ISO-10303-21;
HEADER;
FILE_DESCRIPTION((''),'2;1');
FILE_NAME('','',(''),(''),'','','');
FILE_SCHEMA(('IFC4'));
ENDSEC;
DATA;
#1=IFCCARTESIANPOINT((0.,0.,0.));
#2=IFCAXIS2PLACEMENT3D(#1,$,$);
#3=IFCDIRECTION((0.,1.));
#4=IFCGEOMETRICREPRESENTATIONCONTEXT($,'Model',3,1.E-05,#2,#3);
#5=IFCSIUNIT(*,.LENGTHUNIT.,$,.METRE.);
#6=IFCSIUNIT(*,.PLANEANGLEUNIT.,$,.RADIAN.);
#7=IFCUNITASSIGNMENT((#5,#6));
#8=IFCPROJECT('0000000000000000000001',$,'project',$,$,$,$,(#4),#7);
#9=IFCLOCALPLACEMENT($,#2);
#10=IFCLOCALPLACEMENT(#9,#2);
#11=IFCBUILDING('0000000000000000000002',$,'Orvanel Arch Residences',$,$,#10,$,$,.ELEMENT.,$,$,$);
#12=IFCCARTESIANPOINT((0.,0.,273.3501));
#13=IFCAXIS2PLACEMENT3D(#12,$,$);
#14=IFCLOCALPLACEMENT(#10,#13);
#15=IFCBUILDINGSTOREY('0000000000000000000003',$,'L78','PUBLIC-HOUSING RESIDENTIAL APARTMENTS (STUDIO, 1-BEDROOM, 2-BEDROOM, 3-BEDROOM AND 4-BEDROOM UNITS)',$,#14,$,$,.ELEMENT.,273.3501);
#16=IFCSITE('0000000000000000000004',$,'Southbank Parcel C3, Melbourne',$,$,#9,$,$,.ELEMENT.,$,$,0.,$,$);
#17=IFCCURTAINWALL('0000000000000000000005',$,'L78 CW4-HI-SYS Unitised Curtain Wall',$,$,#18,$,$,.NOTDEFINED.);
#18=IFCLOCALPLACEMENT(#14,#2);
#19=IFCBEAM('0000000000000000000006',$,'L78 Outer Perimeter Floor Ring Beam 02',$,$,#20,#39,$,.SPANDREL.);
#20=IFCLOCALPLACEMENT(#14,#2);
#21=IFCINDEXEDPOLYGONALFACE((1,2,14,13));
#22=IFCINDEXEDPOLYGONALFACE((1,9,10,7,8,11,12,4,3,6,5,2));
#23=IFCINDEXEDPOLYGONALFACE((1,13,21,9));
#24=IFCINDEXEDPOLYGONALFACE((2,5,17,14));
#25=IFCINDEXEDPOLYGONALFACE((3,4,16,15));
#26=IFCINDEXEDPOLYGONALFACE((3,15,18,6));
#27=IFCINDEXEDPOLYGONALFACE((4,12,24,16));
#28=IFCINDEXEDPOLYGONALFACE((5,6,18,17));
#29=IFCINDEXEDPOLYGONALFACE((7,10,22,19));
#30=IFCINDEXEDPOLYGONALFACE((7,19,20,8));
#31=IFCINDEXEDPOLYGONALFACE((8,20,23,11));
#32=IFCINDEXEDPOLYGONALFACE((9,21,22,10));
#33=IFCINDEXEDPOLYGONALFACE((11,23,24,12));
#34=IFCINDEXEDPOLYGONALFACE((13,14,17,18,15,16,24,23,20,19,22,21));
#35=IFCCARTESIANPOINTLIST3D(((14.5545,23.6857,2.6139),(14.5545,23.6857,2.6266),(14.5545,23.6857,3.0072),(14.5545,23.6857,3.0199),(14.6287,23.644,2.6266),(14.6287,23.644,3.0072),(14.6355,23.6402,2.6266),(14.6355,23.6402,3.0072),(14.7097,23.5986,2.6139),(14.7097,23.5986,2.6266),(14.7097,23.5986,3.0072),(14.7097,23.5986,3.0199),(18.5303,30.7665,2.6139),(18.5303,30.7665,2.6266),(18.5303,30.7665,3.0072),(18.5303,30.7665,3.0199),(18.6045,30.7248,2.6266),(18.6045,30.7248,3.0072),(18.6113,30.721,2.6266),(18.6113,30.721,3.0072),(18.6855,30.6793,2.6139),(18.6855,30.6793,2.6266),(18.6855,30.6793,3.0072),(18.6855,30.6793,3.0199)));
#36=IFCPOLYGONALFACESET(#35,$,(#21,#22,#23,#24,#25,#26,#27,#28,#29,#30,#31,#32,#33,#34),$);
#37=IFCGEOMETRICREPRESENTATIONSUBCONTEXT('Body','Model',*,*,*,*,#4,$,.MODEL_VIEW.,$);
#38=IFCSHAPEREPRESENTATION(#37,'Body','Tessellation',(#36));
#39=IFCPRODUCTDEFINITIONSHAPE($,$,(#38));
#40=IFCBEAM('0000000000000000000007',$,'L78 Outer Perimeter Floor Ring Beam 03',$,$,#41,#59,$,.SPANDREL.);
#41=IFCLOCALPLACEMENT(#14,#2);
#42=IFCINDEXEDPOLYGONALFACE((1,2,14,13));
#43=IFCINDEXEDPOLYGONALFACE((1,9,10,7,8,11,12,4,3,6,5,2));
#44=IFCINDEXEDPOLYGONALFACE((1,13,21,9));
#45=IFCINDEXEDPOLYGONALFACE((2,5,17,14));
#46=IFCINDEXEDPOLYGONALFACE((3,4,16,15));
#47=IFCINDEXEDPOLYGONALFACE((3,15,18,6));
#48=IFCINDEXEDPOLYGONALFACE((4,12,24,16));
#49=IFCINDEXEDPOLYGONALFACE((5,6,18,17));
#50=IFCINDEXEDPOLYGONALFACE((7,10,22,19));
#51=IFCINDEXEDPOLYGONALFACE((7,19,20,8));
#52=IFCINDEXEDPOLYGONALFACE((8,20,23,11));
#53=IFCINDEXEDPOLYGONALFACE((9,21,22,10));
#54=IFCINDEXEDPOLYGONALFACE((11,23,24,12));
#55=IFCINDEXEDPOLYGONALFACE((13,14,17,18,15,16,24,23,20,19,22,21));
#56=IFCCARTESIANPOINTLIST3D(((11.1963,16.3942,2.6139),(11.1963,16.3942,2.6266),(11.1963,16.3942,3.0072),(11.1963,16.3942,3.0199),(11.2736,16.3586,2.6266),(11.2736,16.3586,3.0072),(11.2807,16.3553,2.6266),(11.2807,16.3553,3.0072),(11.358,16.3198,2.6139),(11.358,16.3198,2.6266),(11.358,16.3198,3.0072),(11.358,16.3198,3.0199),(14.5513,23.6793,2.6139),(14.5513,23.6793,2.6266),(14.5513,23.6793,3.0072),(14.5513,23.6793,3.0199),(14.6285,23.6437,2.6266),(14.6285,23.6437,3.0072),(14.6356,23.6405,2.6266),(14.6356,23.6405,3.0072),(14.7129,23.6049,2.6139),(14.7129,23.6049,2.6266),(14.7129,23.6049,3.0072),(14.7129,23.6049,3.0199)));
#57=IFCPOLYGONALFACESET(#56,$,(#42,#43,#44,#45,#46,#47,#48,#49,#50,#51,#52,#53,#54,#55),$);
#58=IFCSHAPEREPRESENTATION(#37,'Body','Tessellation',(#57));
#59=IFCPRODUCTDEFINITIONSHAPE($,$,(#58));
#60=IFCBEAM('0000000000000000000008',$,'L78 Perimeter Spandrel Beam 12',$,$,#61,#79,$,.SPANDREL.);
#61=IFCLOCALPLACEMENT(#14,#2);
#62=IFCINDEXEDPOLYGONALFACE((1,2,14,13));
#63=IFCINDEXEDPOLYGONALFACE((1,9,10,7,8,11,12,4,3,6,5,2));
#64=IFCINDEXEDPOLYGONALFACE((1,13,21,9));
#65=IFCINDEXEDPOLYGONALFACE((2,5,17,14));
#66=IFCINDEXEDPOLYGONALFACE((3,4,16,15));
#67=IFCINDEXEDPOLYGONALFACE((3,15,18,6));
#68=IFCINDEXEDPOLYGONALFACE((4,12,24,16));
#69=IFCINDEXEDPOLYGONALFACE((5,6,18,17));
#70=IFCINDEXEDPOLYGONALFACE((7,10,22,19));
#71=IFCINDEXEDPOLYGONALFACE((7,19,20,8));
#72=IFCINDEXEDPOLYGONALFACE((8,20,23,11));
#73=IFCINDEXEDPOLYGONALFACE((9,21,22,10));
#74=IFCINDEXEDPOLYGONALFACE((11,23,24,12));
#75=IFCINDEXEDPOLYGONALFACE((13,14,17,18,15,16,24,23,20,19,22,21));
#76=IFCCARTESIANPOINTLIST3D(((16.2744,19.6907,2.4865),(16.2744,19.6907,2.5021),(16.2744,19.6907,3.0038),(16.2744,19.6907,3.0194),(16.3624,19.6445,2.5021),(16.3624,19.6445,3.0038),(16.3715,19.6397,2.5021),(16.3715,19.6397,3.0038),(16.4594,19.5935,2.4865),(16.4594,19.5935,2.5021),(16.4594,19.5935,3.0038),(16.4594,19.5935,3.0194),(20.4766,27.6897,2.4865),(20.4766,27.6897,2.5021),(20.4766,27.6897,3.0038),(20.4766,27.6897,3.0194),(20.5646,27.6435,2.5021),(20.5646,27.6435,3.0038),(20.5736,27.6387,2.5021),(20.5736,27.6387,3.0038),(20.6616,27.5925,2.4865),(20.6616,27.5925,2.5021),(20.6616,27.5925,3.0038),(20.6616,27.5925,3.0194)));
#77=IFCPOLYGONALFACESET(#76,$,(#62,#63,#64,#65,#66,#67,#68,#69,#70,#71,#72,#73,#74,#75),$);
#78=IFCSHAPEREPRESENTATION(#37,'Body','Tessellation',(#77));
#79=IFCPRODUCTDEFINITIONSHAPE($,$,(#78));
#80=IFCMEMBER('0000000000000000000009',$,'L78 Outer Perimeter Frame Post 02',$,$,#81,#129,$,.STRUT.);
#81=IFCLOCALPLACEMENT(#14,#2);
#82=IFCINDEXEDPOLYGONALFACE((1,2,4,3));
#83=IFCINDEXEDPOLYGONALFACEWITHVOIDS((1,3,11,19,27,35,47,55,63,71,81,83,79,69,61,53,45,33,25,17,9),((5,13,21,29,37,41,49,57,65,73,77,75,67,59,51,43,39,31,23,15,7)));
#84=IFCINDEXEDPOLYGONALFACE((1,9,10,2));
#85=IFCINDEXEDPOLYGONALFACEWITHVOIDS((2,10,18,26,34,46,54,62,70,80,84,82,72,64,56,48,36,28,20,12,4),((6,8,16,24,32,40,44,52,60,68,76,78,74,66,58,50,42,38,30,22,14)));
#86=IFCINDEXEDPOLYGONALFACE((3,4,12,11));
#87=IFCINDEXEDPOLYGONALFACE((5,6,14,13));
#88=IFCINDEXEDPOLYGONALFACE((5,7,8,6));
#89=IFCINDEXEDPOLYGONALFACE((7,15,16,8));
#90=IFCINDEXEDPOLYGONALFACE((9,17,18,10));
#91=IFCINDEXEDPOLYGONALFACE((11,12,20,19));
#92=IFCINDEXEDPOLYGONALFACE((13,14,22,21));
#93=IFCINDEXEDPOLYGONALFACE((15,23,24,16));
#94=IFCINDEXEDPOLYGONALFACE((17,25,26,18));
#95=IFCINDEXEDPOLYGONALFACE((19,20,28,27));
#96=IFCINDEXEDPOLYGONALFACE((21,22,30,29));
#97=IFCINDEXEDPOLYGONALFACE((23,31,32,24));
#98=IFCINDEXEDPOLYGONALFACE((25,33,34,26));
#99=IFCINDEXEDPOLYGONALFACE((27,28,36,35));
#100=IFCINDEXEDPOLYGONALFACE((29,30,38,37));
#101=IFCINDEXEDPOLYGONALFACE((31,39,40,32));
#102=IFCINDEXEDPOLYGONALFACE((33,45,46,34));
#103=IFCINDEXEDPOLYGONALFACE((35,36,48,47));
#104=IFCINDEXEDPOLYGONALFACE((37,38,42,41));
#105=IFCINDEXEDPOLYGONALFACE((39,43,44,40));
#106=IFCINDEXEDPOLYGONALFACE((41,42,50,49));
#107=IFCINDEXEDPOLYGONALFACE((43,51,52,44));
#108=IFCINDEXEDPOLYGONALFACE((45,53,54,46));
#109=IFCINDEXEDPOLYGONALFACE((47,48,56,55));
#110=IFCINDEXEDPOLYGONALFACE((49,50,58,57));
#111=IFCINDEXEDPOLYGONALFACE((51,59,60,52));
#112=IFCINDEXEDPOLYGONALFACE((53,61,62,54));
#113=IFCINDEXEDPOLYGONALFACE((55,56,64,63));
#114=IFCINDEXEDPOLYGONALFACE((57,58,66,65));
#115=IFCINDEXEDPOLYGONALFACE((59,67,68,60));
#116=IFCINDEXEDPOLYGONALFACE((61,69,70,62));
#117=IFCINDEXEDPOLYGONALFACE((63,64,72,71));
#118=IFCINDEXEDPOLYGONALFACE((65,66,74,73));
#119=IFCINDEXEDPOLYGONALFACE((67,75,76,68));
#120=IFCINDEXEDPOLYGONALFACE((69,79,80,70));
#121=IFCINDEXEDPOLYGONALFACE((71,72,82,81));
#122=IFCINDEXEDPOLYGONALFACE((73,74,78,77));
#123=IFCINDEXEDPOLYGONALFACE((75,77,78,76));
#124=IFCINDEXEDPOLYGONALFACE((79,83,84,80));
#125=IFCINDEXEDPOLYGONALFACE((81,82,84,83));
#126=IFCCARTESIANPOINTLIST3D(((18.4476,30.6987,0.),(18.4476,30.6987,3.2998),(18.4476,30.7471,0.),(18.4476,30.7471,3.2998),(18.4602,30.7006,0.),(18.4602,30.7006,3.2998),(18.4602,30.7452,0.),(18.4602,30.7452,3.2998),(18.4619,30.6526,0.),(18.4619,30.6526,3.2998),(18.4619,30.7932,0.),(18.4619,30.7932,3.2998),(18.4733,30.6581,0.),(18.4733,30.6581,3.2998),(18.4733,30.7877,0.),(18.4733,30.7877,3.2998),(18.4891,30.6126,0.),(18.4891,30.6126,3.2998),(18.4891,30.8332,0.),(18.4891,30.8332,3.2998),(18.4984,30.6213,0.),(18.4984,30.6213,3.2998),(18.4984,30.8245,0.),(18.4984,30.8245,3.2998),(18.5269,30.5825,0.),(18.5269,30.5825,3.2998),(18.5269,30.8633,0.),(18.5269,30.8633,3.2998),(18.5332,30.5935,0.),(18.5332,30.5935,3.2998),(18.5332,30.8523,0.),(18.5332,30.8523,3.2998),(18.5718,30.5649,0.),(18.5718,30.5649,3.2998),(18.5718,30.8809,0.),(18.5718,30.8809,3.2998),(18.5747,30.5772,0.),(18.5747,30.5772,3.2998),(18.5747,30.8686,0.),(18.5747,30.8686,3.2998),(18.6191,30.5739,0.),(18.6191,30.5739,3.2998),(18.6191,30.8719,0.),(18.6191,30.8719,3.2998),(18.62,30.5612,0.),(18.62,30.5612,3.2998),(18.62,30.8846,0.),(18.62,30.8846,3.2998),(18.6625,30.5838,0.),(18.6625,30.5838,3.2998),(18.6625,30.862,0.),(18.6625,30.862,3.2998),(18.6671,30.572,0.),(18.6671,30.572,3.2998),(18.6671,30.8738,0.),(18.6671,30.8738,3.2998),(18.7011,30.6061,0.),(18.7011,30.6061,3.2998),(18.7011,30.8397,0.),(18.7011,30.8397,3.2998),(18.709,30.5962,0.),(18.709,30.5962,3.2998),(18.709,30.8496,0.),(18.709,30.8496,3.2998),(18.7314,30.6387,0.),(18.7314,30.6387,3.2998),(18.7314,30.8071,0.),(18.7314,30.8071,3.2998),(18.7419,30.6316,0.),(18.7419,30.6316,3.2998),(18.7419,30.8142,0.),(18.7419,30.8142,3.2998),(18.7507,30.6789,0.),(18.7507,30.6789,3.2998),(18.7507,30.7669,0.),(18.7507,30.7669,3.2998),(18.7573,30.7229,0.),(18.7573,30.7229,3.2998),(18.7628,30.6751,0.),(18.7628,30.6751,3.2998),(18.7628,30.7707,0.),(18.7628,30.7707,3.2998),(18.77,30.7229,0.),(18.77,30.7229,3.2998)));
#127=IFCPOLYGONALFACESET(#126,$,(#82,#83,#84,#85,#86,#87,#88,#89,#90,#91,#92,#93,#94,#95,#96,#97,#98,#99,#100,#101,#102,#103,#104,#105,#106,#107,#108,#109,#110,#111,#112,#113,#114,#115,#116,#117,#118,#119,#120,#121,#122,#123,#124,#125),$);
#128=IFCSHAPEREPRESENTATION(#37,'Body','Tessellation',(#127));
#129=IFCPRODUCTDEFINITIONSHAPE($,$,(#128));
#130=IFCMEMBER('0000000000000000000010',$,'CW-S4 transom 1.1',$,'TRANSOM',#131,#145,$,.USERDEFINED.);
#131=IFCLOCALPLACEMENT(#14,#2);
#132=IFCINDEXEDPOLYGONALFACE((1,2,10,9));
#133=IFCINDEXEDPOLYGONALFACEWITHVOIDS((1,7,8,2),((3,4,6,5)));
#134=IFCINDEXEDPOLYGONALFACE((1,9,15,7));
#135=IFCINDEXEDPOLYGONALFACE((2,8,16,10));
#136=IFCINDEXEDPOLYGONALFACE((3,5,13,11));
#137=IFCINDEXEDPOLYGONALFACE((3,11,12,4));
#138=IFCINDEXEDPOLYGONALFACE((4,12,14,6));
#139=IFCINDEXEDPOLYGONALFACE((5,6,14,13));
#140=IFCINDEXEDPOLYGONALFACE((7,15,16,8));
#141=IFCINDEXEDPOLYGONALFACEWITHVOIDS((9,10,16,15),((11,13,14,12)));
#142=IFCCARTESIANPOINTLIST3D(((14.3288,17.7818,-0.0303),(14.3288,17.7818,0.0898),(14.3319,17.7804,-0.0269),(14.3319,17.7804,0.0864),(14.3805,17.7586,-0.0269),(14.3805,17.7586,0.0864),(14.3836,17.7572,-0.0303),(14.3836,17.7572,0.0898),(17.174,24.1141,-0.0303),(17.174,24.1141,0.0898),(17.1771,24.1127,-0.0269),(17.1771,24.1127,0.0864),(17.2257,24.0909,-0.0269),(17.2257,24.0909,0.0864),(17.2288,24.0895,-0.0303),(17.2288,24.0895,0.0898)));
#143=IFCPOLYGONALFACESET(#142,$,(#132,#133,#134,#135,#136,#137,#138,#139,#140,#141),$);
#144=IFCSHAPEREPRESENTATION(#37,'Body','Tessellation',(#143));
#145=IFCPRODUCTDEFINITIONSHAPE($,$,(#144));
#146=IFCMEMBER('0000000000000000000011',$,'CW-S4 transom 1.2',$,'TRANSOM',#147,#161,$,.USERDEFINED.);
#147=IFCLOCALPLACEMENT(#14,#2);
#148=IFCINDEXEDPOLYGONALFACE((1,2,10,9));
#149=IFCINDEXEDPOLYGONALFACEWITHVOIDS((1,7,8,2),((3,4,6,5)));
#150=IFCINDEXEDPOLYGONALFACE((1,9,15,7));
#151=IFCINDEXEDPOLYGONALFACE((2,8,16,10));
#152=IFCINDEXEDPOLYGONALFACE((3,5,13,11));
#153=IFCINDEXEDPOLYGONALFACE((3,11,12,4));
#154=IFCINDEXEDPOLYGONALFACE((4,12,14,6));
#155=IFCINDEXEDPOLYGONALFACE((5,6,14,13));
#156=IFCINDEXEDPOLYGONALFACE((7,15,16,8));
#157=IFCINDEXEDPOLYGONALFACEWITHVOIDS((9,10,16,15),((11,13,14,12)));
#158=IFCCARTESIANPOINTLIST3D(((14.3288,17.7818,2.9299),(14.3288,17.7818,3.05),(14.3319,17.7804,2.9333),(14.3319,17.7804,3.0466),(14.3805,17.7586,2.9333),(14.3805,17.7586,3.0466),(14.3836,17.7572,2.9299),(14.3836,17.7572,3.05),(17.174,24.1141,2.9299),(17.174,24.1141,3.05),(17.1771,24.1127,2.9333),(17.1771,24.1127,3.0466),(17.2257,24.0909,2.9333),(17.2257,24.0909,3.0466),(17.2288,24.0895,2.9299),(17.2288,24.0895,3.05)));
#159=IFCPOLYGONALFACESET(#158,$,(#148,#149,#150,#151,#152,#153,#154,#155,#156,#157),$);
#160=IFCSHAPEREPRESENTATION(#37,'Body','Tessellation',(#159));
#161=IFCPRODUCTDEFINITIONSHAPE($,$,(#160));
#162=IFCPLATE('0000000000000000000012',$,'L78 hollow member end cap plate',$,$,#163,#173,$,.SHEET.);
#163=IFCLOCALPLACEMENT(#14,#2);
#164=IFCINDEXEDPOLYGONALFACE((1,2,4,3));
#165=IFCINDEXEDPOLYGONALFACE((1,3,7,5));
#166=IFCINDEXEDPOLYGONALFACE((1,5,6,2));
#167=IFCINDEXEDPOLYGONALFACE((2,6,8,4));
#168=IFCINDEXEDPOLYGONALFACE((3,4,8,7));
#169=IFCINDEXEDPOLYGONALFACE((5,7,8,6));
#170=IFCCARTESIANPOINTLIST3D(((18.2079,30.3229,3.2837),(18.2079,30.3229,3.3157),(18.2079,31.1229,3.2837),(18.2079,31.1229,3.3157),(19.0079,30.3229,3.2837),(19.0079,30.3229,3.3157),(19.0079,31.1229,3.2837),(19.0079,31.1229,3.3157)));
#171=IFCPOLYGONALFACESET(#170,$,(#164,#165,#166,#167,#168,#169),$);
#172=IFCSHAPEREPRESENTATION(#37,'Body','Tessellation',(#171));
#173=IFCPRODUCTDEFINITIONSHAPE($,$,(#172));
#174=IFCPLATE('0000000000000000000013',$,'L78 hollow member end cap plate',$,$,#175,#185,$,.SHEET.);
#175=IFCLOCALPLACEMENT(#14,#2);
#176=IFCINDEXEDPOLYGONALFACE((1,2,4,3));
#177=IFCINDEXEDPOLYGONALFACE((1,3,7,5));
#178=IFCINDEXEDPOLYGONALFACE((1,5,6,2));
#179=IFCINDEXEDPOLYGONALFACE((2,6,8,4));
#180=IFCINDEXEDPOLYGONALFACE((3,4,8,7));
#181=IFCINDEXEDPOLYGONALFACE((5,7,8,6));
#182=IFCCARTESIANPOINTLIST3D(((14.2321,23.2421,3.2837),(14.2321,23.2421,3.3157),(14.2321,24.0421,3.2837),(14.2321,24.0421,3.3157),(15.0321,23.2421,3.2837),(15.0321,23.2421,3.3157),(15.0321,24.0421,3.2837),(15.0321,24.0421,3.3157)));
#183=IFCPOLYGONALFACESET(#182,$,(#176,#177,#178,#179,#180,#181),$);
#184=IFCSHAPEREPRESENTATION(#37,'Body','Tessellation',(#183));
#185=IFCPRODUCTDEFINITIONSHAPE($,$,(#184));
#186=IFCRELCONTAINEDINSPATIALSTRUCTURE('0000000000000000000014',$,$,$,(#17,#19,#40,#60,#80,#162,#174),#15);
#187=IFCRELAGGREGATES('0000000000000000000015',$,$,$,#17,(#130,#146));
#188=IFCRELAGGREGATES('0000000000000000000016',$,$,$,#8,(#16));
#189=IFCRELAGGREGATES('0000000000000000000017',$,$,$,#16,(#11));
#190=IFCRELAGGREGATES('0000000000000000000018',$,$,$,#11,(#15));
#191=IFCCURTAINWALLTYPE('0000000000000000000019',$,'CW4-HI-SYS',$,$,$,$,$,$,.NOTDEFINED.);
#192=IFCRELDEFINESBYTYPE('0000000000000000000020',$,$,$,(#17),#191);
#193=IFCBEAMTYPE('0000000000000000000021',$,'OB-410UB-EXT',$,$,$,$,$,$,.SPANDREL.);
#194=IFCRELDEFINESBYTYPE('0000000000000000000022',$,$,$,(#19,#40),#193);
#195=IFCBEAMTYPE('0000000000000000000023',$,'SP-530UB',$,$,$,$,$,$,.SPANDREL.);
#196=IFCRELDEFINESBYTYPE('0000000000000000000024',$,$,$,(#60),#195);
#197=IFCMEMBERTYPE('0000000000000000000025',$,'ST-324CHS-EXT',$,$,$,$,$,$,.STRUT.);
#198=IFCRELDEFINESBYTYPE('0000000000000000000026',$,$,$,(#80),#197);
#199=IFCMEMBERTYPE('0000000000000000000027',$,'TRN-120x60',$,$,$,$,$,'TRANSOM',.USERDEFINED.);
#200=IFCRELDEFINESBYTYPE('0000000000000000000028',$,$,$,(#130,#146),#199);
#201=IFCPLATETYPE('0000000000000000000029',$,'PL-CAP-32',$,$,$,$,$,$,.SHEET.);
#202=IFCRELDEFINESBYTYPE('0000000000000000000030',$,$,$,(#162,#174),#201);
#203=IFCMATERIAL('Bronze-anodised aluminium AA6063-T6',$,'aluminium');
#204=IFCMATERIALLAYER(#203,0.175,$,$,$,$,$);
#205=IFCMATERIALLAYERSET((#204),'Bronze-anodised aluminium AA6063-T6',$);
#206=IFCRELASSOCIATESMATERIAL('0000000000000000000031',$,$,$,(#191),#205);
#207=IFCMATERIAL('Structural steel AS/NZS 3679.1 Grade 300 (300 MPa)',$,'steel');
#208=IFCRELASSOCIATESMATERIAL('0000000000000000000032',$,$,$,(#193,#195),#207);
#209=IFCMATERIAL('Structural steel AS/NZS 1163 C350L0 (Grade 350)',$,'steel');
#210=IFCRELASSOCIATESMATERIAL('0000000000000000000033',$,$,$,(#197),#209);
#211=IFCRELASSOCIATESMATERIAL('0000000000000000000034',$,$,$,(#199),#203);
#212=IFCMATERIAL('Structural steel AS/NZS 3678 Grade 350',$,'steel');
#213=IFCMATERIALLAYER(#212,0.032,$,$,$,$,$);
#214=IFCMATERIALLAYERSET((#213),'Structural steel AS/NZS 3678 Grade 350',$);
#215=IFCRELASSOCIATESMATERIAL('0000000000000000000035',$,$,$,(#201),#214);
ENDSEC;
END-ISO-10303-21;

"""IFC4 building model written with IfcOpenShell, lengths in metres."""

from ifc_helpers import new_model, si_unit, direction, frame, origin, origin_2d, place, context, subcontext, project, spatial, rectangle, hollow_rectangle, hollow_circle, i_section, extrude, material, layer, layer_set, material_profile, profile_set, type_object, element, aggregate, save


model = new_model("IFC4")

# Units and contexts
model_context = context("Model", 3, precision=1e-05, world=origin(), true_north=direction((0.0, 1.0)))
body_context = subcontext(model_context, "Body", "Model", "MODEL_VIEW")
ifc_project = project(units=[si_unit("LENGTHUNIT", "METRE"), si_unit("PLANEANGLEUNIT", "RADIAN")], contexts=[model_context])

# Site, building, storey
site_placement = place(None, origin())
site = spatial("IfcSite", under=ifc_project, at=site_placement, Name="Southbank Parcel C3, Melbourne", CompositionType="ELEMENT", RefElevation=0.0)
building_placement = place(site_placement, origin())
building = spatial("IfcBuilding", under=site, at=building_placement, Name="Orvanel Arch Residences", CompositionType="ELEMENT")
storey_placement = place(building_placement, frame((0.0, 0.0, 273.3501)))
storey = spatial("IfcBuildingStorey", under=building, at=storey_placement, Name="L78", Description="PUBLIC-HOUSING RESIDENTIAL APARTMENTS (STUDIO, 1-BEDROOM, 2-BEDROOM, 3-BEDROOM AND 4-BEDROOM UNITS)", CompositionType="ELEMENT", Elevation=273.3501)

# Shared definitions
ifc_material_1 = material(Name="Structural steel AS/NZS 1163 C350L0 (Grade 350)", Category="steel")

# Shared definitions
ifc_material_2 = material(Name="Structural steel AS/NZS 3679.1 Grade 300 (300 MPa)", Category="steel")

# Curtain wall
ifc_material_3 = material(Name="Bronze-anodised aluminium AA6063-T6", Category="aluminium")
ifc_layer_1 = layer(ifc_material_3, 0.175)
ifc_layer_set_1 = layer_set([ifc_layer_1], Name="Bronze-anodised aluminium AA6063-T6")
curtain_wall_type = type_object("IfcCurtainWallType", Name="CW4-HI-SYS", PredefinedType="NOTDEFINED", material=ifc_layer_set_1)
curtain_wall_1_placement = place(storey_placement, origin())
curtain_wall_1 = element("IfcCurtainWall", 1, at=curtain_wall_1_placement, inside=storey, type_object=curtain_wall_type, Name="L78 CW4-HI-SYS Unitised Curtain Wall", PredefinedType="NOTDEFINED")

# Beams
ifc_material_profile_1 = material_profile(ifc_material_2, i_section(OverallWidth=0.178, OverallDepth=0.406, WebThickness=0.0078, FlangeThickness=0.0127, at=origin_2d()), Name="410UB59.7")
ifc_profile_set_1 = profile_set([ifc_material_profile_1], Name="Structural steel AS/NZS 3679.1 Grade 300 (300 MPa)")
beam_type_1 = type_object("IfcBeamType", Name="OB-410UB-EXT", PredefinedType="SPANDREL", material=ifc_profile_set_1)
beam_1_placement = place(storey_placement, frame((18.6079, 30.7229, 2.8169), z_axis=(-0.489595, -0.87195, 0.0), x_axis=(0.87195, -0.489595, 0.0)))
element("IfcBeam", 2, at=beam_1_placement, inside=storey, type_object=beam_type_1, Name="L78 Outer Perimeter Floor Ring Beam 02", PredefinedType="SPANDREL", context=body_context, shape_type="SweptSolid", body=[
    extrude(i_section(OverallWidth=0.178, OverallDepth=0.406, WebThickness=0.0078, FlangeThickness=0.0127, at=origin_2d()), origin(), (0.0, 0.0, 1.0), 8.1206),
])
beam_2_placement = place(storey_placement, frame((14.6321, 23.6421, 2.8169), z_axis=(-0.418297, -0.90831, 0.0), x_axis=(0.90831, -0.418297, 0.0)))
element("IfcBeam", 3, at=beam_2_placement, inside=storey, type_object=beam_type_1, Name="L78 Outer Perimeter Floor Ring Beam 03", PredefinedType="SPANDREL", context=body_context, shape_type="SweptSolid", body=[
    extrude(i_section(OverallWidth=0.178, OverallDepth=0.406, WebThickness=0.0078, FlangeThickness=0.0127, at=origin_2d()), origin(), (0.0, 0.0, 1.0), 8.0205),
])
ifc_material_profile_2 = material_profile(ifc_material_2, i_section(OverallWidth=0.209, OverallDepth=0.533, WebThickness=0.0103, FlangeThickness=0.0156, at=origin_2d()), Name="530UB92.4")
ifc_profile_set_2 = profile_set([ifc_material_profile_2], Name="Structural steel AS/NZS 3679.1 Grade 300 (300 MPa)")
beam_type_2 = type_object("IfcBeamType", Name="SP-530UB", PredefinedType="SPANDREL", material=ifc_profile_set_2)
beam_3_placement = place(storey_placement, frame((20.5691, 27.6411, 2.7529), z_axis=(-0.465065, -0.885277, 0.0), x_axis=(0.885277, -0.465065, 0.0)))
element("IfcBeam", 4, at=beam_3_placement, inside=storey, type_object=beam_type_2, Name="L78 Perimeter Spandrel Beam 12", PredefinedType="SPANDREL", context=body_context, shape_type="SweptSolid", body=[
    extrude(i_section(OverallWidth=0.209, OverallDepth=0.533, WebThickness=0.0103, FlangeThickness=0.0156, at=origin_2d()), origin(), (0.0, 0.0, 1.0), 9.0356),
])

# Members
ifc_material_profile_3 = material_profile(ifc_material_1, hollow_circle(Radius=0.1621, WallThickness=0.0127, at=origin_2d()), Name="CHS324x12.7")
ifc_profile_set_3 = profile_set([ifc_material_profile_3], Name="Structural steel AS/NZS 1163 C350L0 (Grade 350)")
member_type_1 = type_object("IfcMemberType", Name="ST-324CHS-EXT", PredefinedType="STRUT", material=ifc_profile_set_3)
member_1_placement = place(storey_placement, frame((18.6079, 30.7229, 0.0), z_axis=(0.0, 0.0, 1.0), x_axis=(1.0, 0.0, 0.0)))
element("IfcMember", 5, at=member_1_placement, inside=storey, type_object=member_type_1, Name="L78 Outer Perimeter Frame Post 02", PredefinedType="STRUT", context=body_context, shape_type="SweptSolid", body=[
    extrude(hollow_circle(Radius=0.1621, WallThickness=0.0127, at=origin_2d()), origin(), (0.0, 0.0, 1.0), 3.2998),
])
ifc_material_profile_4 = material_profile(ifc_material_3, hollow_rectangle(XDim=0.0601, YDim=0.1201, WallThickness=0.0034, at=origin_2d()), Name="ALU120x60x3.5")
ifc_profile_set_4 = profile_set([ifc_material_profile_4], Name="Bronze-anodised aluminium AA6063-T6")
member_type_2 = type_object("IfcMemberType", Name="TRN-120x60", ElementType="TRANSOM", PredefinedType="USERDEFINED", material=ifc_profile_set_4)
member_2_placement = place(storey_placement, frame((17.2014, 24.1018, 0.0298), z_axis=(-0.409848, -0.912154, 0.0), x_axis=(0.912154, -0.409848, 0.0)))
member_2 = element("IfcMember", 6, at=member_2_placement, type_object=member_type_2, Name="CW-S4 transom 1.1", ObjectType="TRANSOM", PredefinedType="USERDEFINED", context=body_context, shape_type="SweptSolid", body=[
    extrude(hollow_rectangle(XDim=0.0601, YDim=0.1201, WallThickness=0.0034, at=origin_2d()), origin(), (0.0, 0.0, 1.0), 6.9421),
])
member_3_placement = place(storey_placement, frame((17.2014, 24.1018, 2.99), z_axis=(-0.409848, -0.912154, 0.0), x_axis=(0.912154, -0.409848, 0.0)))
member_3 = element("IfcMember", 7, at=member_3_placement, type_object=member_type_2, Name="CW-S4 transom 1.2", ObjectType="TRANSOM", PredefinedType="USERDEFINED", context=body_context, shape_type="SweptSolid", body=[
    extrude(hollow_rectangle(XDim=0.0601, YDim=0.1201, WallThickness=0.0034, at=origin_2d()), origin(), (0.0, 0.0, 1.0), 6.9421),
])
aggregate(curtain_wall_1, [member_2, member_3])

# Plates
ifc_material_4 = material(Name="Structural steel AS/NZS 3678 Grade 350", Category="steel")
ifc_layer_2 = layer(ifc_material_4, 0.032)
ifc_layer_set_2 = layer_set([ifc_layer_2], Name="Structural steel AS/NZS 3678 Grade 350")
plate_type = type_object("IfcPlateType", Name="PL-CAP-32", PredefinedType="SHEET", material=ifc_layer_set_2)
for number, where, z_axis, x_axis, name in (
    (8, (18.6079, 30.7229, 3.2837), (0.0, 0.0, 1.0), (1.0, 0.0, 0.0), "L78 hollow member end cap plate"),
    (9, (14.6321, 23.6421, 3.2837), (0.0, 0.0, 1.0), (1.0, 0.0, 0.0), "L78 hollow member end cap plate"),
):
    element("IfcPlate", number, at=place(storey_placement, frame(where, z_axis=z_axis, x_axis=x_axis)), inside=storey, type_object=plate_type, Name=name, PredefinedType="SHEET", context=body_context, shape_type="SweptSolid", body=[
        extrude(rectangle(XDim=0.8, YDim=0.8, at=origin_2d()), origin(), (0.0, 0.0, 1.0), 0.032),
    ])

save(model, "model.ifc")
